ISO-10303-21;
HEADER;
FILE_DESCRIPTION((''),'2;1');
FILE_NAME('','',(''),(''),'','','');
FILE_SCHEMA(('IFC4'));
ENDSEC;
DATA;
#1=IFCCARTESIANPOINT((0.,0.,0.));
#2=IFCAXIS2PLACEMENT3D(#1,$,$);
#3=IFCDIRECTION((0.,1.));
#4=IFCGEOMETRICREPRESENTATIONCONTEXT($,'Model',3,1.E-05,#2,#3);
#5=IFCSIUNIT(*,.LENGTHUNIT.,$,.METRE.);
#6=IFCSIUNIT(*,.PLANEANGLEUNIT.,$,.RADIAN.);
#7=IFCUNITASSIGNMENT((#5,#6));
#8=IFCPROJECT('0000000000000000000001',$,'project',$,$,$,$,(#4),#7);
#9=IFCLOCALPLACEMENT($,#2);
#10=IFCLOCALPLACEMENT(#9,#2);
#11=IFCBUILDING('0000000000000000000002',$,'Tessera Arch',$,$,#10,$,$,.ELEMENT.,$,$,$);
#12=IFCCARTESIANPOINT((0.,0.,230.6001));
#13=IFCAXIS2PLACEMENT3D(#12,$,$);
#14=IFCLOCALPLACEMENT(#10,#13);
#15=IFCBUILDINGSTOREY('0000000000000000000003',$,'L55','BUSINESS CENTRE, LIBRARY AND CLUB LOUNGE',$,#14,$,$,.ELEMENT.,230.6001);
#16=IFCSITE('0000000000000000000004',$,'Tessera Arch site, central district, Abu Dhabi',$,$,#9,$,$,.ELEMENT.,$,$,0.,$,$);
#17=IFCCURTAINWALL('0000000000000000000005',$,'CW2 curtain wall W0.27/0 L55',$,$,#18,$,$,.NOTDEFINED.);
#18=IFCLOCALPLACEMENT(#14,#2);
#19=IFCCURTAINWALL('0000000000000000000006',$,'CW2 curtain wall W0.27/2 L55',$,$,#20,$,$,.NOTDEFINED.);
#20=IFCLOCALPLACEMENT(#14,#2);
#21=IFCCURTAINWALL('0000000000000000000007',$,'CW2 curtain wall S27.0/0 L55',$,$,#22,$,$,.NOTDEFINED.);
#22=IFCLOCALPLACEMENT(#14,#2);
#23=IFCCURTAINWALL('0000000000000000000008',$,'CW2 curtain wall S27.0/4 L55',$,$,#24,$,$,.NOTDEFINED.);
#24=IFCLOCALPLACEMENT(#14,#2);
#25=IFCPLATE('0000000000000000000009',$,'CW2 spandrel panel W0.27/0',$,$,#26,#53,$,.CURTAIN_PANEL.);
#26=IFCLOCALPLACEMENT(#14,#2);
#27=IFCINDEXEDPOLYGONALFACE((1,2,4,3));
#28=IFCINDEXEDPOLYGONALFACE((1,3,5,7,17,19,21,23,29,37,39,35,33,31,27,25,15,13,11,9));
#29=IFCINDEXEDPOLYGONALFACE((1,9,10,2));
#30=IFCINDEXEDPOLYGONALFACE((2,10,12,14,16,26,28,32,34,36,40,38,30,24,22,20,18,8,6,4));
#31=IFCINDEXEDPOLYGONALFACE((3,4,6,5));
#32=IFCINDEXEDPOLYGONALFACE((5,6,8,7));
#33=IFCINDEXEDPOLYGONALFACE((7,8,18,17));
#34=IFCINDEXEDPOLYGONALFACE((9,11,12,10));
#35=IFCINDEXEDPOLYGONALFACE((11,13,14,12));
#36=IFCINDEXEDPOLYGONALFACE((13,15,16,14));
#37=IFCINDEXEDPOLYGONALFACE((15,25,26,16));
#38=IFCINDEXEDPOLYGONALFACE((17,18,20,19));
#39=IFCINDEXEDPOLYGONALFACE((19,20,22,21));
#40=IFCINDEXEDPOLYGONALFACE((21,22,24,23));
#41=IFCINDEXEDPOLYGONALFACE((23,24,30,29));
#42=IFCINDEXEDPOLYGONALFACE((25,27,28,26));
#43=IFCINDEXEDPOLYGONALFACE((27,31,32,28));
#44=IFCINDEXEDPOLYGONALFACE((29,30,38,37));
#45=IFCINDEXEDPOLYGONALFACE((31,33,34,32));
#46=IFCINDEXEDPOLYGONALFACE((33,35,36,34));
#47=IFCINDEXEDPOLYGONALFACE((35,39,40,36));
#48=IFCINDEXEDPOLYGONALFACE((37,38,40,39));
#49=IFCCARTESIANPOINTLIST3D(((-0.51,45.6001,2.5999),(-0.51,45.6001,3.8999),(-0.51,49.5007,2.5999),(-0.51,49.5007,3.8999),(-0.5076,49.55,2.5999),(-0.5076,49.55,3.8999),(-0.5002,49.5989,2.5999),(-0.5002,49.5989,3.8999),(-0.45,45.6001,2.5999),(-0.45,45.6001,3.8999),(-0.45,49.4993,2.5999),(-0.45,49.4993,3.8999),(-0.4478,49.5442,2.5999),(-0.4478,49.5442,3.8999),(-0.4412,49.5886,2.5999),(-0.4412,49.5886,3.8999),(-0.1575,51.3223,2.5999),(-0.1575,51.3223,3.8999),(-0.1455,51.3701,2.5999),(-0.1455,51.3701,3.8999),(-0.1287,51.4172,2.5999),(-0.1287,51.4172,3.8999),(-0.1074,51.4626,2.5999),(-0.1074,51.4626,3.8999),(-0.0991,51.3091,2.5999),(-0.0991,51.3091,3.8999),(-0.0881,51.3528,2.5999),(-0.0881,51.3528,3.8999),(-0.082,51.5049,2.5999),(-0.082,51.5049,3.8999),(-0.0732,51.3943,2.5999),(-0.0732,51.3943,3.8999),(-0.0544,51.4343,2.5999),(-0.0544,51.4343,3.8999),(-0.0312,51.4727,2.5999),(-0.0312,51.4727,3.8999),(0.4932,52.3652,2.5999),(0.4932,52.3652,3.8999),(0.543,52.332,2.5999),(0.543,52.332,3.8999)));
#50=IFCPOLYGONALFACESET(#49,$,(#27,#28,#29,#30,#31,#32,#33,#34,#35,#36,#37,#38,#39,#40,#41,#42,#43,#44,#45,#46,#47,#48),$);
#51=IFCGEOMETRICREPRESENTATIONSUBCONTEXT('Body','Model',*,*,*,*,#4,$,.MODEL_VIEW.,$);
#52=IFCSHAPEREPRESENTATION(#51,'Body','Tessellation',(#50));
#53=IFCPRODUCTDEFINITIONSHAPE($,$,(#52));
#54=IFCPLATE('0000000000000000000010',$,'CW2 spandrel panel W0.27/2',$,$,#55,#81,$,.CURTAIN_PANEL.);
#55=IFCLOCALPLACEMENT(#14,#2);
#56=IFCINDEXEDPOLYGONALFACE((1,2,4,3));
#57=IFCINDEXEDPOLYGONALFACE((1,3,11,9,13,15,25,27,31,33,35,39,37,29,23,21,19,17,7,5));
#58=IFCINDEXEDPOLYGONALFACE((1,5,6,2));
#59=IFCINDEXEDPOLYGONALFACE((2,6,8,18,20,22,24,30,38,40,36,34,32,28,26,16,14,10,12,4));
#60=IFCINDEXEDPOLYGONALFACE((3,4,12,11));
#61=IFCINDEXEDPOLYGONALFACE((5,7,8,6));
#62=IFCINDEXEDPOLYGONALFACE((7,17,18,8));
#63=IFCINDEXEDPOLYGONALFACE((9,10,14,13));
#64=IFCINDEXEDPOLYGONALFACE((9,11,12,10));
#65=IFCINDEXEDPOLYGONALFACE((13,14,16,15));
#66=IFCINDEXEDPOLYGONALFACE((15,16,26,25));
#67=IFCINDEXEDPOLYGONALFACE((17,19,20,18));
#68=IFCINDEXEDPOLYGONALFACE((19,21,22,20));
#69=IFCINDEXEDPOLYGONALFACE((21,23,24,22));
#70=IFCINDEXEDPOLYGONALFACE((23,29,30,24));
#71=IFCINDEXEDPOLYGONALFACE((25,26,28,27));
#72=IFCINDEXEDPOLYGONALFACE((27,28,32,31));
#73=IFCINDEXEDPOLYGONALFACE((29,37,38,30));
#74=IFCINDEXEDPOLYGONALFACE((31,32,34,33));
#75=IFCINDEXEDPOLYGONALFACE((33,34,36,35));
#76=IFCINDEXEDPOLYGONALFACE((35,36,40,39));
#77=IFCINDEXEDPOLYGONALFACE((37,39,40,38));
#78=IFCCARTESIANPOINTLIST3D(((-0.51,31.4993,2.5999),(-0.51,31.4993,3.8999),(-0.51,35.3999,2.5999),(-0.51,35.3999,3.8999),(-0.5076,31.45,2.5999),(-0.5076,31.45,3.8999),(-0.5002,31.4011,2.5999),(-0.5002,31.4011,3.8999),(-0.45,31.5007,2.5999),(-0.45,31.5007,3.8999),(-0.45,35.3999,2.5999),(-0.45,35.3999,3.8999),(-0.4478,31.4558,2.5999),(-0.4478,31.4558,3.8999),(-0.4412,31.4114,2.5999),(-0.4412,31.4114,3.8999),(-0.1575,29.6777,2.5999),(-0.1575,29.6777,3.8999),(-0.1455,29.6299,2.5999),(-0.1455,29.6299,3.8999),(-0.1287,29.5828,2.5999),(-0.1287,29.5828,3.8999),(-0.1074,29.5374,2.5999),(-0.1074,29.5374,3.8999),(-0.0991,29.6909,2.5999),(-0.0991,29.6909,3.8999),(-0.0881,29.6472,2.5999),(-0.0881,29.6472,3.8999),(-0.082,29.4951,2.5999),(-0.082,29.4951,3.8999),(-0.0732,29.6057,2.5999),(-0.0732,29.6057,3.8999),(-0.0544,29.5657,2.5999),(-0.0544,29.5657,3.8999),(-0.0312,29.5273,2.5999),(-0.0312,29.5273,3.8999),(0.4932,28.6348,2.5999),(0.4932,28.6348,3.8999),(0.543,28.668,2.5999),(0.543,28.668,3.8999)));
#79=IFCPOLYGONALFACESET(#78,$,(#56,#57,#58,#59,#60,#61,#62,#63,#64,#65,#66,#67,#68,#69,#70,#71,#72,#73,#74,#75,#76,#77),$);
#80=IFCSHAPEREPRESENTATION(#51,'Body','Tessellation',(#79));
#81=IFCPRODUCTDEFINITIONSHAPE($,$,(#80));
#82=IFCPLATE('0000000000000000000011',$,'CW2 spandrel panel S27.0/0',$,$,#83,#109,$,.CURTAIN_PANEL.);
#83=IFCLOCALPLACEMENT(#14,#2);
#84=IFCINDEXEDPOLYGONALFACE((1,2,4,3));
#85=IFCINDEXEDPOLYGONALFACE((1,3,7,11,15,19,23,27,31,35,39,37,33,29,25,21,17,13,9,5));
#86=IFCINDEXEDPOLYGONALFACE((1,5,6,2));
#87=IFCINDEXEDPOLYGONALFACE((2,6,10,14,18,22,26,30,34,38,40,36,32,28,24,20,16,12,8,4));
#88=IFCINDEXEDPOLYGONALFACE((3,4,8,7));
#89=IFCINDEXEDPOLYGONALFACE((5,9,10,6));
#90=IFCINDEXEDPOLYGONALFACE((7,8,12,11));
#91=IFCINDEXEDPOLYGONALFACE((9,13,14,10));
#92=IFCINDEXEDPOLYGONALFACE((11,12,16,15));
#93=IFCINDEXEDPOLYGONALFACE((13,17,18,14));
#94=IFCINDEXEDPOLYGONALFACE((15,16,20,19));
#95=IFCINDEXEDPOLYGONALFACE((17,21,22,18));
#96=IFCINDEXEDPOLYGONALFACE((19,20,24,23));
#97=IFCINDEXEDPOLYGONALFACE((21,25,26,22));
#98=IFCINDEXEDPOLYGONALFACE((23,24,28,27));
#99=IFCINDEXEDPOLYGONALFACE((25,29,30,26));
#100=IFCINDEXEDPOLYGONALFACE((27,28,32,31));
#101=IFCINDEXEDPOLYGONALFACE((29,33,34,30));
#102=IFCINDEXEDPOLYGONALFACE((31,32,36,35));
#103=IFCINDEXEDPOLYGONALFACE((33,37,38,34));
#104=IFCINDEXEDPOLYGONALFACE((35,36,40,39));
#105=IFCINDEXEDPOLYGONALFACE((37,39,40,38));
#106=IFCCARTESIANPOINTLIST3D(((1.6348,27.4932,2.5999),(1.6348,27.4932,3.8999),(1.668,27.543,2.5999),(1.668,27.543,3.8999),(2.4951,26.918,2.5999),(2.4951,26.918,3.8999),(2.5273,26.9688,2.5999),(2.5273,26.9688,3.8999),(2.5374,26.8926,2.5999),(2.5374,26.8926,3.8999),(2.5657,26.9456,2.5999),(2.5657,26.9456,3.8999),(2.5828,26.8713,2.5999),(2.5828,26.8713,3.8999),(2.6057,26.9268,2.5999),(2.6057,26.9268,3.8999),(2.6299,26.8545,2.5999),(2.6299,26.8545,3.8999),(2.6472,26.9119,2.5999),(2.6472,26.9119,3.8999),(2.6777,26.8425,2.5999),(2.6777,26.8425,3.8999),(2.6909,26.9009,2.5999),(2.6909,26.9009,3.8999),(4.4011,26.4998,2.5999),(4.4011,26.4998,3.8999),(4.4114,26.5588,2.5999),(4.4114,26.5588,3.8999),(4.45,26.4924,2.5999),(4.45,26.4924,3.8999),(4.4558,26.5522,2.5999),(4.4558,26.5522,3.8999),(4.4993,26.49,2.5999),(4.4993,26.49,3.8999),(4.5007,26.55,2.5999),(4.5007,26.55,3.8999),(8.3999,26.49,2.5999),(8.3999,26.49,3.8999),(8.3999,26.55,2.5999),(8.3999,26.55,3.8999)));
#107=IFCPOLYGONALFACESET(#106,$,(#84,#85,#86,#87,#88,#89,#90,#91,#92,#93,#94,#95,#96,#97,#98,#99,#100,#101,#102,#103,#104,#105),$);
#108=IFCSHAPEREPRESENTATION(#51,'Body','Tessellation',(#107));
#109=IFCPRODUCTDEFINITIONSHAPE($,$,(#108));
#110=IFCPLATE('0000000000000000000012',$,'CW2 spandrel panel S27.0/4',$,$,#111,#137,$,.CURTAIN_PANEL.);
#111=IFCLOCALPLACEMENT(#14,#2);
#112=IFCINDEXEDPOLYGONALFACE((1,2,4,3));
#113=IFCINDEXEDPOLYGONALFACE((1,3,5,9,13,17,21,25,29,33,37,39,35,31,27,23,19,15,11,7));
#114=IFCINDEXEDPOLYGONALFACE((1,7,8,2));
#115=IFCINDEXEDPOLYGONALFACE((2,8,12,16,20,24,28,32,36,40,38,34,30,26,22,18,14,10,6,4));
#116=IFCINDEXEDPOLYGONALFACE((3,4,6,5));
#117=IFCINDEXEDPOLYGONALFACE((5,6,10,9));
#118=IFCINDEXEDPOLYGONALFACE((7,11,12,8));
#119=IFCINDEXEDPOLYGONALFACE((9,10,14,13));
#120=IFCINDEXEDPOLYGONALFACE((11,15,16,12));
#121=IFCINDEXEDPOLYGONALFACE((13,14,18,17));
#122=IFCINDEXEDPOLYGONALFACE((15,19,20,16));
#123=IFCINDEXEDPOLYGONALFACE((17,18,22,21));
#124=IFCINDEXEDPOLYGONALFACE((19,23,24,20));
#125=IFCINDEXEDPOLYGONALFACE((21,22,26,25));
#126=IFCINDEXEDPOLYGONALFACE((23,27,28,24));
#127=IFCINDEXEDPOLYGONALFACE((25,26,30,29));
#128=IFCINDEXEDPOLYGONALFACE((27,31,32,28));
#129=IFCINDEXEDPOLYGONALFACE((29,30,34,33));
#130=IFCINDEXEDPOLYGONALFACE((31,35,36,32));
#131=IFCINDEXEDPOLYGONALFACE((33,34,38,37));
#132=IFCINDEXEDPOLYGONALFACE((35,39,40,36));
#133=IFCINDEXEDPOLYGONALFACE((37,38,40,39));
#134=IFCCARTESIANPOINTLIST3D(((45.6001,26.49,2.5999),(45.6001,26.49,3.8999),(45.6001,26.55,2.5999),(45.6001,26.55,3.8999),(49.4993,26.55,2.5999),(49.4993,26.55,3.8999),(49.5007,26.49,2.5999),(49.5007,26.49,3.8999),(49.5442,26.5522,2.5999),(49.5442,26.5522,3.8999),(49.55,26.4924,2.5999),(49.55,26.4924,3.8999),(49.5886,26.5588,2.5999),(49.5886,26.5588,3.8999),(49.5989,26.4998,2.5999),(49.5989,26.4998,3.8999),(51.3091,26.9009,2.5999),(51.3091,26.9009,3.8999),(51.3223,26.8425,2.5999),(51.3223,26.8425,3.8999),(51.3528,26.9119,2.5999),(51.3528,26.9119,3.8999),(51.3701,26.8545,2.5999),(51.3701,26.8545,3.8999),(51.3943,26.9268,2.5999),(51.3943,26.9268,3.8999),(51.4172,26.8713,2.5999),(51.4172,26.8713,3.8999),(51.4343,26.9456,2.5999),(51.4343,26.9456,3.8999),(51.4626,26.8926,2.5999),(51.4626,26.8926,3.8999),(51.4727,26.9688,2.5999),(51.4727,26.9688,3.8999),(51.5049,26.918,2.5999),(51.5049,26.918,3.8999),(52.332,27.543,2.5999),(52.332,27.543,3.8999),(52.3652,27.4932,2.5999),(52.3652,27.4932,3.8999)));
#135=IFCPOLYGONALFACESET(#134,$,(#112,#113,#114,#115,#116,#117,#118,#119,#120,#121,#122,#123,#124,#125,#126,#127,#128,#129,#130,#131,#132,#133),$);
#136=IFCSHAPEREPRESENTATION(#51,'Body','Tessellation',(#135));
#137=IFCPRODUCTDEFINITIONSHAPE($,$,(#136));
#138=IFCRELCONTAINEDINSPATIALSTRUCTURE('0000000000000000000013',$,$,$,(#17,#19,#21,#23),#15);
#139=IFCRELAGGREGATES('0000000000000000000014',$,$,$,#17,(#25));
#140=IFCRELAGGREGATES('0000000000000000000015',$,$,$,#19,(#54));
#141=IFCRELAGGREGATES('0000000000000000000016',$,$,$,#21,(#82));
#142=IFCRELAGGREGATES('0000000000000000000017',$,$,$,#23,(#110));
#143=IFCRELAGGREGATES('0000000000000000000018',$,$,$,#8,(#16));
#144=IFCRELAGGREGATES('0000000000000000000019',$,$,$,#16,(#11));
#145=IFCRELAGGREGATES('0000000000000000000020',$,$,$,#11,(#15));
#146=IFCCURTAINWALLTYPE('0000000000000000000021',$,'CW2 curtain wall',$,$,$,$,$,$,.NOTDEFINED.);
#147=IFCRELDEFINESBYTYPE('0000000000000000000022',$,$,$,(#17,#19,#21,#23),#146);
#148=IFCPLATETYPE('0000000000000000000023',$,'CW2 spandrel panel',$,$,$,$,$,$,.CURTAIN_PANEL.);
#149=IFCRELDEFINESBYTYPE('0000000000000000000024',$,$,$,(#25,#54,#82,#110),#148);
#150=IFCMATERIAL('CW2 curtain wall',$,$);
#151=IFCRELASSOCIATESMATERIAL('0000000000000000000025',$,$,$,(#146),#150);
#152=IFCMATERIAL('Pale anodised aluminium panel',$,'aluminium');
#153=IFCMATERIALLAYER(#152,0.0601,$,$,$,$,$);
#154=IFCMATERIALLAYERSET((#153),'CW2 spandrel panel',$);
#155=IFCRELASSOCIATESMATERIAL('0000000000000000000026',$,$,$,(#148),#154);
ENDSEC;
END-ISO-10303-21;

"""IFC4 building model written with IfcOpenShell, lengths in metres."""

from ifc_helpers import new_model, si_unit, direction, frame, origin, place, context, subcontext, project, spatial, polyline, outline, extrude, material, layer, layer_set, type_object, element, aggregate, save


model = new_model("IFC4")

# Units and contexts
model_context = context("Model", 3, precision=1e-05, world=origin(), true_north=direction((0.0, 1.0)))
body_context = subcontext(model_context, "Body", "Model", "MODEL_VIEW")
ifc_project = project(units=[si_unit("LENGTHUNIT", "METRE"), si_unit("PLANEANGLEUNIT", "RADIAN")], contexts=[model_context])

# Site, building, storey
site_placement = place(None, origin())
site = spatial("IfcSite", under=ifc_project, at=site_placement, Name="Tessera Arch site, central district, Abu Dhabi", CompositionType="ELEMENT", RefElevation=0.0)
building_placement = place(site_placement, origin())
building = spatial("IfcBuilding", under=site, at=building_placement, Name="Tessera Arch", CompositionType="ELEMENT")
storey_placement = place(building_placement, frame((0.0, 0.0, 230.6001)))
storey = spatial("IfcBuildingStorey", under=building, at=storey_placement, Name="L55", Description="BUSINESS CENTRE, LIBRARY AND CLUB LOUNGE", CompositionType="ELEMENT", Elevation=230.6001)

# Curtain walls
ifc_material_1 = material(Name="CW2 curtain wall")
curtain_wall_type = type_object("IfcCurtainWallType", Name="CW2 curtain wall", PredefinedType="NOTDEFINED", material=ifc_material_1)
curtain_wall_1_placement = place(storey_placement, origin())
curtain_wall_1 = element("IfcCurtainWall", 1, at=curtain_wall_1_placement, inside=storey, type_object=curtain_wall_type, Name="CW2 curtain wall W0.27/0 L55", PredefinedType="NOTDEFINED")
curtain_wall_2_placement = place(storey_placement, origin())
curtain_wall_2 = element("IfcCurtainWall", 2, at=curtain_wall_2_placement, inside=storey, type_object=curtain_wall_type, Name="CW2 curtain wall W0.27/2 L55", PredefinedType="NOTDEFINED")
curtain_wall_3_placement = place(storey_placement, origin())
curtain_wall_3 = element("IfcCurtainWall", 3, at=curtain_wall_3_placement, inside=storey, type_object=curtain_wall_type, Name="CW2 curtain wall S27.0/0 L55", PredefinedType="NOTDEFINED")
curtain_wall_4_placement = place(storey_placement, origin())
curtain_wall_4 = element("IfcCurtainWall", 4, at=curtain_wall_4_placement, inside=storey, type_object=curtain_wall_type, Name="CW2 curtain wall S27.0/4 L55", PredefinedType="NOTDEFINED")

# Plates
ifc_material_2 = material(Name="Pale anodised aluminium panel", Category="aluminium")
ifc_layer_1 = layer(ifc_material_2, 0.0601)
ifc_layer_set_1 = layer_set([ifc_layer_1], Name="CW2 spandrel panel")
plate_type_1 = type_object("IfcPlateType", Name="CW2 spandrel panel", PredefinedType="CURTAIN_PANEL", material=ifc_layer_set_1)
plate_1_placement = place(storey_placement, frame((0.0, 0.0, 2.5999)))
plate_1 = element("IfcPlate", 5, at=plate_1_placement, type_object=plate_type_1, Name="CW2 spandrel panel W0.27/0", PredefinedType="CURTAIN_PANEL", context=body_context, shape_type="SweptSolid", body=[
    extrude(outline(polyline([(-0.0312, 51.4727), (0.543, 52.332), (0.4932, 52.3652), (-0.082, 51.5049), (-0.1074, 51.4626), (-0.1287, 51.4172), (-0.1455, 51.3701), (-0.1575, 51.3223), (-0.5002, 49.5989), (-0.5076, 49.55), (-0.51, 49.5007), (-0.51, 45.6001), (-0.45, 45.6001), (-0.45, 49.4993), (-0.4478, 49.5442), (-0.4412, 49.5886), (-0.0991, 51.3091), (-0.0881, 51.3528), (-0.0732, 51.3943), (-0.0544, 51.4343), (-0.0312, 51.4727)])), origin(), (0.0, 0.0, 1.0), 1.3),
])
aggregate(curtain_wall_1, [plate_1])
plate_2_placement = place(storey_placement, frame((0.0, 0.0, 2.5999)))
plate_2 = element("IfcPlate", 6, at=plate_2_placement, type_object=plate_type_1, Name="CW2 spandrel panel W0.27/2", PredefinedType="CURTAIN_PANEL", context=body_context, shape_type="SweptSolid", body=[
    extrude(outline(polyline([(-0.45, 31.5007), (-0.45, 35.3999), (-0.51, 35.3999), (-0.51, 31.4993), (-0.5076, 31.45), (-0.5002, 31.4011), (-0.1575, 29.6777), (-0.1455, 29.6299), (-0.1287, 29.5828), (-0.1074, 29.5374), (-0.082, 29.4951), (0.4932, 28.6348), (0.543, 28.668), (-0.0312, 29.5273), (-0.0544, 29.5657), (-0.0732, 29.6057), (-0.0881, 29.6472), (-0.0991, 29.6909), (-0.4412, 31.4114), (-0.4478, 31.4558), (-0.45, 31.5007)])), origin(), (0.0, 0.0, 1.0), 1.3),
])
aggregate(curtain_wall_2, [plate_2])
plate_3_placement = place(storey_placement, frame((0.0, 0.0, 2.5999)))
plate_3 = element("IfcPlate", 7, at=plate_3_placement, type_object=plate_type_1, Name="CW2 spandrel panel S27.0/0", PredefinedType="CURTAIN_PANEL", context=body_context, shape_type="SweptSolid", body=[
    extrude(outline(polyline([(2.5273, 26.9688), (1.668, 27.543), (1.6348, 27.4932), (2.4951, 26.918), (2.5374, 26.8926), (2.5828, 26.8713), (2.6299, 26.8545), (2.6777, 26.8425), (4.4011, 26.4998), (4.45, 26.4924), (4.4993, 26.49), (8.3999, 26.49), (8.3999, 26.55), (4.5007, 26.55), (4.4558, 26.5522), (4.4114, 26.5588), (2.6909, 26.9009), (2.6472, 26.9119), (2.6057, 26.9268), (2.5657, 26.9456), (2.5273, 26.9688)])), origin(), (0.0, 0.0, 1.0), 1.3),
])
aggregate(curtain_wall_3, [plate_3])
plate_4_placement = place(storey_placement, frame((0.0, 0.0, 2.5999)))
plate_4 = element("IfcPlate", 8, at=plate_4_placement, type_object=plate_type_1, Name="CW2 spandrel panel S27.0/4", PredefinedType="CURTAIN_PANEL", context=body_context, shape_type="SweptSolid", body=[
    extrude(outline(polyline([(49.4993, 26.55), (45.6001, 26.55), (45.6001, 26.49), (49.5007, 26.49), (49.55, 26.4924), (49.5989, 26.4998), (51.3223, 26.8425), (51.3701, 26.8545), (51.4172, 26.8713), (51.4626, 26.8926), (51.5049, 26.918), (52.3652, 27.4932), (52.332, 27.543), (51.4727, 26.9688), (51.4343, 26.9456), (51.3943, 26.9268), (51.3528, 26.9119), (51.3091, 26.9009), (49.5886, 26.5588), (49.5442, 26.5522), (49.4993, 26.55)])), origin(), (0.0, 0.0, 1.0), 1.3),
])
aggregate(curtain_wall_4, [plate_4])

save(model, "model.ifc")
